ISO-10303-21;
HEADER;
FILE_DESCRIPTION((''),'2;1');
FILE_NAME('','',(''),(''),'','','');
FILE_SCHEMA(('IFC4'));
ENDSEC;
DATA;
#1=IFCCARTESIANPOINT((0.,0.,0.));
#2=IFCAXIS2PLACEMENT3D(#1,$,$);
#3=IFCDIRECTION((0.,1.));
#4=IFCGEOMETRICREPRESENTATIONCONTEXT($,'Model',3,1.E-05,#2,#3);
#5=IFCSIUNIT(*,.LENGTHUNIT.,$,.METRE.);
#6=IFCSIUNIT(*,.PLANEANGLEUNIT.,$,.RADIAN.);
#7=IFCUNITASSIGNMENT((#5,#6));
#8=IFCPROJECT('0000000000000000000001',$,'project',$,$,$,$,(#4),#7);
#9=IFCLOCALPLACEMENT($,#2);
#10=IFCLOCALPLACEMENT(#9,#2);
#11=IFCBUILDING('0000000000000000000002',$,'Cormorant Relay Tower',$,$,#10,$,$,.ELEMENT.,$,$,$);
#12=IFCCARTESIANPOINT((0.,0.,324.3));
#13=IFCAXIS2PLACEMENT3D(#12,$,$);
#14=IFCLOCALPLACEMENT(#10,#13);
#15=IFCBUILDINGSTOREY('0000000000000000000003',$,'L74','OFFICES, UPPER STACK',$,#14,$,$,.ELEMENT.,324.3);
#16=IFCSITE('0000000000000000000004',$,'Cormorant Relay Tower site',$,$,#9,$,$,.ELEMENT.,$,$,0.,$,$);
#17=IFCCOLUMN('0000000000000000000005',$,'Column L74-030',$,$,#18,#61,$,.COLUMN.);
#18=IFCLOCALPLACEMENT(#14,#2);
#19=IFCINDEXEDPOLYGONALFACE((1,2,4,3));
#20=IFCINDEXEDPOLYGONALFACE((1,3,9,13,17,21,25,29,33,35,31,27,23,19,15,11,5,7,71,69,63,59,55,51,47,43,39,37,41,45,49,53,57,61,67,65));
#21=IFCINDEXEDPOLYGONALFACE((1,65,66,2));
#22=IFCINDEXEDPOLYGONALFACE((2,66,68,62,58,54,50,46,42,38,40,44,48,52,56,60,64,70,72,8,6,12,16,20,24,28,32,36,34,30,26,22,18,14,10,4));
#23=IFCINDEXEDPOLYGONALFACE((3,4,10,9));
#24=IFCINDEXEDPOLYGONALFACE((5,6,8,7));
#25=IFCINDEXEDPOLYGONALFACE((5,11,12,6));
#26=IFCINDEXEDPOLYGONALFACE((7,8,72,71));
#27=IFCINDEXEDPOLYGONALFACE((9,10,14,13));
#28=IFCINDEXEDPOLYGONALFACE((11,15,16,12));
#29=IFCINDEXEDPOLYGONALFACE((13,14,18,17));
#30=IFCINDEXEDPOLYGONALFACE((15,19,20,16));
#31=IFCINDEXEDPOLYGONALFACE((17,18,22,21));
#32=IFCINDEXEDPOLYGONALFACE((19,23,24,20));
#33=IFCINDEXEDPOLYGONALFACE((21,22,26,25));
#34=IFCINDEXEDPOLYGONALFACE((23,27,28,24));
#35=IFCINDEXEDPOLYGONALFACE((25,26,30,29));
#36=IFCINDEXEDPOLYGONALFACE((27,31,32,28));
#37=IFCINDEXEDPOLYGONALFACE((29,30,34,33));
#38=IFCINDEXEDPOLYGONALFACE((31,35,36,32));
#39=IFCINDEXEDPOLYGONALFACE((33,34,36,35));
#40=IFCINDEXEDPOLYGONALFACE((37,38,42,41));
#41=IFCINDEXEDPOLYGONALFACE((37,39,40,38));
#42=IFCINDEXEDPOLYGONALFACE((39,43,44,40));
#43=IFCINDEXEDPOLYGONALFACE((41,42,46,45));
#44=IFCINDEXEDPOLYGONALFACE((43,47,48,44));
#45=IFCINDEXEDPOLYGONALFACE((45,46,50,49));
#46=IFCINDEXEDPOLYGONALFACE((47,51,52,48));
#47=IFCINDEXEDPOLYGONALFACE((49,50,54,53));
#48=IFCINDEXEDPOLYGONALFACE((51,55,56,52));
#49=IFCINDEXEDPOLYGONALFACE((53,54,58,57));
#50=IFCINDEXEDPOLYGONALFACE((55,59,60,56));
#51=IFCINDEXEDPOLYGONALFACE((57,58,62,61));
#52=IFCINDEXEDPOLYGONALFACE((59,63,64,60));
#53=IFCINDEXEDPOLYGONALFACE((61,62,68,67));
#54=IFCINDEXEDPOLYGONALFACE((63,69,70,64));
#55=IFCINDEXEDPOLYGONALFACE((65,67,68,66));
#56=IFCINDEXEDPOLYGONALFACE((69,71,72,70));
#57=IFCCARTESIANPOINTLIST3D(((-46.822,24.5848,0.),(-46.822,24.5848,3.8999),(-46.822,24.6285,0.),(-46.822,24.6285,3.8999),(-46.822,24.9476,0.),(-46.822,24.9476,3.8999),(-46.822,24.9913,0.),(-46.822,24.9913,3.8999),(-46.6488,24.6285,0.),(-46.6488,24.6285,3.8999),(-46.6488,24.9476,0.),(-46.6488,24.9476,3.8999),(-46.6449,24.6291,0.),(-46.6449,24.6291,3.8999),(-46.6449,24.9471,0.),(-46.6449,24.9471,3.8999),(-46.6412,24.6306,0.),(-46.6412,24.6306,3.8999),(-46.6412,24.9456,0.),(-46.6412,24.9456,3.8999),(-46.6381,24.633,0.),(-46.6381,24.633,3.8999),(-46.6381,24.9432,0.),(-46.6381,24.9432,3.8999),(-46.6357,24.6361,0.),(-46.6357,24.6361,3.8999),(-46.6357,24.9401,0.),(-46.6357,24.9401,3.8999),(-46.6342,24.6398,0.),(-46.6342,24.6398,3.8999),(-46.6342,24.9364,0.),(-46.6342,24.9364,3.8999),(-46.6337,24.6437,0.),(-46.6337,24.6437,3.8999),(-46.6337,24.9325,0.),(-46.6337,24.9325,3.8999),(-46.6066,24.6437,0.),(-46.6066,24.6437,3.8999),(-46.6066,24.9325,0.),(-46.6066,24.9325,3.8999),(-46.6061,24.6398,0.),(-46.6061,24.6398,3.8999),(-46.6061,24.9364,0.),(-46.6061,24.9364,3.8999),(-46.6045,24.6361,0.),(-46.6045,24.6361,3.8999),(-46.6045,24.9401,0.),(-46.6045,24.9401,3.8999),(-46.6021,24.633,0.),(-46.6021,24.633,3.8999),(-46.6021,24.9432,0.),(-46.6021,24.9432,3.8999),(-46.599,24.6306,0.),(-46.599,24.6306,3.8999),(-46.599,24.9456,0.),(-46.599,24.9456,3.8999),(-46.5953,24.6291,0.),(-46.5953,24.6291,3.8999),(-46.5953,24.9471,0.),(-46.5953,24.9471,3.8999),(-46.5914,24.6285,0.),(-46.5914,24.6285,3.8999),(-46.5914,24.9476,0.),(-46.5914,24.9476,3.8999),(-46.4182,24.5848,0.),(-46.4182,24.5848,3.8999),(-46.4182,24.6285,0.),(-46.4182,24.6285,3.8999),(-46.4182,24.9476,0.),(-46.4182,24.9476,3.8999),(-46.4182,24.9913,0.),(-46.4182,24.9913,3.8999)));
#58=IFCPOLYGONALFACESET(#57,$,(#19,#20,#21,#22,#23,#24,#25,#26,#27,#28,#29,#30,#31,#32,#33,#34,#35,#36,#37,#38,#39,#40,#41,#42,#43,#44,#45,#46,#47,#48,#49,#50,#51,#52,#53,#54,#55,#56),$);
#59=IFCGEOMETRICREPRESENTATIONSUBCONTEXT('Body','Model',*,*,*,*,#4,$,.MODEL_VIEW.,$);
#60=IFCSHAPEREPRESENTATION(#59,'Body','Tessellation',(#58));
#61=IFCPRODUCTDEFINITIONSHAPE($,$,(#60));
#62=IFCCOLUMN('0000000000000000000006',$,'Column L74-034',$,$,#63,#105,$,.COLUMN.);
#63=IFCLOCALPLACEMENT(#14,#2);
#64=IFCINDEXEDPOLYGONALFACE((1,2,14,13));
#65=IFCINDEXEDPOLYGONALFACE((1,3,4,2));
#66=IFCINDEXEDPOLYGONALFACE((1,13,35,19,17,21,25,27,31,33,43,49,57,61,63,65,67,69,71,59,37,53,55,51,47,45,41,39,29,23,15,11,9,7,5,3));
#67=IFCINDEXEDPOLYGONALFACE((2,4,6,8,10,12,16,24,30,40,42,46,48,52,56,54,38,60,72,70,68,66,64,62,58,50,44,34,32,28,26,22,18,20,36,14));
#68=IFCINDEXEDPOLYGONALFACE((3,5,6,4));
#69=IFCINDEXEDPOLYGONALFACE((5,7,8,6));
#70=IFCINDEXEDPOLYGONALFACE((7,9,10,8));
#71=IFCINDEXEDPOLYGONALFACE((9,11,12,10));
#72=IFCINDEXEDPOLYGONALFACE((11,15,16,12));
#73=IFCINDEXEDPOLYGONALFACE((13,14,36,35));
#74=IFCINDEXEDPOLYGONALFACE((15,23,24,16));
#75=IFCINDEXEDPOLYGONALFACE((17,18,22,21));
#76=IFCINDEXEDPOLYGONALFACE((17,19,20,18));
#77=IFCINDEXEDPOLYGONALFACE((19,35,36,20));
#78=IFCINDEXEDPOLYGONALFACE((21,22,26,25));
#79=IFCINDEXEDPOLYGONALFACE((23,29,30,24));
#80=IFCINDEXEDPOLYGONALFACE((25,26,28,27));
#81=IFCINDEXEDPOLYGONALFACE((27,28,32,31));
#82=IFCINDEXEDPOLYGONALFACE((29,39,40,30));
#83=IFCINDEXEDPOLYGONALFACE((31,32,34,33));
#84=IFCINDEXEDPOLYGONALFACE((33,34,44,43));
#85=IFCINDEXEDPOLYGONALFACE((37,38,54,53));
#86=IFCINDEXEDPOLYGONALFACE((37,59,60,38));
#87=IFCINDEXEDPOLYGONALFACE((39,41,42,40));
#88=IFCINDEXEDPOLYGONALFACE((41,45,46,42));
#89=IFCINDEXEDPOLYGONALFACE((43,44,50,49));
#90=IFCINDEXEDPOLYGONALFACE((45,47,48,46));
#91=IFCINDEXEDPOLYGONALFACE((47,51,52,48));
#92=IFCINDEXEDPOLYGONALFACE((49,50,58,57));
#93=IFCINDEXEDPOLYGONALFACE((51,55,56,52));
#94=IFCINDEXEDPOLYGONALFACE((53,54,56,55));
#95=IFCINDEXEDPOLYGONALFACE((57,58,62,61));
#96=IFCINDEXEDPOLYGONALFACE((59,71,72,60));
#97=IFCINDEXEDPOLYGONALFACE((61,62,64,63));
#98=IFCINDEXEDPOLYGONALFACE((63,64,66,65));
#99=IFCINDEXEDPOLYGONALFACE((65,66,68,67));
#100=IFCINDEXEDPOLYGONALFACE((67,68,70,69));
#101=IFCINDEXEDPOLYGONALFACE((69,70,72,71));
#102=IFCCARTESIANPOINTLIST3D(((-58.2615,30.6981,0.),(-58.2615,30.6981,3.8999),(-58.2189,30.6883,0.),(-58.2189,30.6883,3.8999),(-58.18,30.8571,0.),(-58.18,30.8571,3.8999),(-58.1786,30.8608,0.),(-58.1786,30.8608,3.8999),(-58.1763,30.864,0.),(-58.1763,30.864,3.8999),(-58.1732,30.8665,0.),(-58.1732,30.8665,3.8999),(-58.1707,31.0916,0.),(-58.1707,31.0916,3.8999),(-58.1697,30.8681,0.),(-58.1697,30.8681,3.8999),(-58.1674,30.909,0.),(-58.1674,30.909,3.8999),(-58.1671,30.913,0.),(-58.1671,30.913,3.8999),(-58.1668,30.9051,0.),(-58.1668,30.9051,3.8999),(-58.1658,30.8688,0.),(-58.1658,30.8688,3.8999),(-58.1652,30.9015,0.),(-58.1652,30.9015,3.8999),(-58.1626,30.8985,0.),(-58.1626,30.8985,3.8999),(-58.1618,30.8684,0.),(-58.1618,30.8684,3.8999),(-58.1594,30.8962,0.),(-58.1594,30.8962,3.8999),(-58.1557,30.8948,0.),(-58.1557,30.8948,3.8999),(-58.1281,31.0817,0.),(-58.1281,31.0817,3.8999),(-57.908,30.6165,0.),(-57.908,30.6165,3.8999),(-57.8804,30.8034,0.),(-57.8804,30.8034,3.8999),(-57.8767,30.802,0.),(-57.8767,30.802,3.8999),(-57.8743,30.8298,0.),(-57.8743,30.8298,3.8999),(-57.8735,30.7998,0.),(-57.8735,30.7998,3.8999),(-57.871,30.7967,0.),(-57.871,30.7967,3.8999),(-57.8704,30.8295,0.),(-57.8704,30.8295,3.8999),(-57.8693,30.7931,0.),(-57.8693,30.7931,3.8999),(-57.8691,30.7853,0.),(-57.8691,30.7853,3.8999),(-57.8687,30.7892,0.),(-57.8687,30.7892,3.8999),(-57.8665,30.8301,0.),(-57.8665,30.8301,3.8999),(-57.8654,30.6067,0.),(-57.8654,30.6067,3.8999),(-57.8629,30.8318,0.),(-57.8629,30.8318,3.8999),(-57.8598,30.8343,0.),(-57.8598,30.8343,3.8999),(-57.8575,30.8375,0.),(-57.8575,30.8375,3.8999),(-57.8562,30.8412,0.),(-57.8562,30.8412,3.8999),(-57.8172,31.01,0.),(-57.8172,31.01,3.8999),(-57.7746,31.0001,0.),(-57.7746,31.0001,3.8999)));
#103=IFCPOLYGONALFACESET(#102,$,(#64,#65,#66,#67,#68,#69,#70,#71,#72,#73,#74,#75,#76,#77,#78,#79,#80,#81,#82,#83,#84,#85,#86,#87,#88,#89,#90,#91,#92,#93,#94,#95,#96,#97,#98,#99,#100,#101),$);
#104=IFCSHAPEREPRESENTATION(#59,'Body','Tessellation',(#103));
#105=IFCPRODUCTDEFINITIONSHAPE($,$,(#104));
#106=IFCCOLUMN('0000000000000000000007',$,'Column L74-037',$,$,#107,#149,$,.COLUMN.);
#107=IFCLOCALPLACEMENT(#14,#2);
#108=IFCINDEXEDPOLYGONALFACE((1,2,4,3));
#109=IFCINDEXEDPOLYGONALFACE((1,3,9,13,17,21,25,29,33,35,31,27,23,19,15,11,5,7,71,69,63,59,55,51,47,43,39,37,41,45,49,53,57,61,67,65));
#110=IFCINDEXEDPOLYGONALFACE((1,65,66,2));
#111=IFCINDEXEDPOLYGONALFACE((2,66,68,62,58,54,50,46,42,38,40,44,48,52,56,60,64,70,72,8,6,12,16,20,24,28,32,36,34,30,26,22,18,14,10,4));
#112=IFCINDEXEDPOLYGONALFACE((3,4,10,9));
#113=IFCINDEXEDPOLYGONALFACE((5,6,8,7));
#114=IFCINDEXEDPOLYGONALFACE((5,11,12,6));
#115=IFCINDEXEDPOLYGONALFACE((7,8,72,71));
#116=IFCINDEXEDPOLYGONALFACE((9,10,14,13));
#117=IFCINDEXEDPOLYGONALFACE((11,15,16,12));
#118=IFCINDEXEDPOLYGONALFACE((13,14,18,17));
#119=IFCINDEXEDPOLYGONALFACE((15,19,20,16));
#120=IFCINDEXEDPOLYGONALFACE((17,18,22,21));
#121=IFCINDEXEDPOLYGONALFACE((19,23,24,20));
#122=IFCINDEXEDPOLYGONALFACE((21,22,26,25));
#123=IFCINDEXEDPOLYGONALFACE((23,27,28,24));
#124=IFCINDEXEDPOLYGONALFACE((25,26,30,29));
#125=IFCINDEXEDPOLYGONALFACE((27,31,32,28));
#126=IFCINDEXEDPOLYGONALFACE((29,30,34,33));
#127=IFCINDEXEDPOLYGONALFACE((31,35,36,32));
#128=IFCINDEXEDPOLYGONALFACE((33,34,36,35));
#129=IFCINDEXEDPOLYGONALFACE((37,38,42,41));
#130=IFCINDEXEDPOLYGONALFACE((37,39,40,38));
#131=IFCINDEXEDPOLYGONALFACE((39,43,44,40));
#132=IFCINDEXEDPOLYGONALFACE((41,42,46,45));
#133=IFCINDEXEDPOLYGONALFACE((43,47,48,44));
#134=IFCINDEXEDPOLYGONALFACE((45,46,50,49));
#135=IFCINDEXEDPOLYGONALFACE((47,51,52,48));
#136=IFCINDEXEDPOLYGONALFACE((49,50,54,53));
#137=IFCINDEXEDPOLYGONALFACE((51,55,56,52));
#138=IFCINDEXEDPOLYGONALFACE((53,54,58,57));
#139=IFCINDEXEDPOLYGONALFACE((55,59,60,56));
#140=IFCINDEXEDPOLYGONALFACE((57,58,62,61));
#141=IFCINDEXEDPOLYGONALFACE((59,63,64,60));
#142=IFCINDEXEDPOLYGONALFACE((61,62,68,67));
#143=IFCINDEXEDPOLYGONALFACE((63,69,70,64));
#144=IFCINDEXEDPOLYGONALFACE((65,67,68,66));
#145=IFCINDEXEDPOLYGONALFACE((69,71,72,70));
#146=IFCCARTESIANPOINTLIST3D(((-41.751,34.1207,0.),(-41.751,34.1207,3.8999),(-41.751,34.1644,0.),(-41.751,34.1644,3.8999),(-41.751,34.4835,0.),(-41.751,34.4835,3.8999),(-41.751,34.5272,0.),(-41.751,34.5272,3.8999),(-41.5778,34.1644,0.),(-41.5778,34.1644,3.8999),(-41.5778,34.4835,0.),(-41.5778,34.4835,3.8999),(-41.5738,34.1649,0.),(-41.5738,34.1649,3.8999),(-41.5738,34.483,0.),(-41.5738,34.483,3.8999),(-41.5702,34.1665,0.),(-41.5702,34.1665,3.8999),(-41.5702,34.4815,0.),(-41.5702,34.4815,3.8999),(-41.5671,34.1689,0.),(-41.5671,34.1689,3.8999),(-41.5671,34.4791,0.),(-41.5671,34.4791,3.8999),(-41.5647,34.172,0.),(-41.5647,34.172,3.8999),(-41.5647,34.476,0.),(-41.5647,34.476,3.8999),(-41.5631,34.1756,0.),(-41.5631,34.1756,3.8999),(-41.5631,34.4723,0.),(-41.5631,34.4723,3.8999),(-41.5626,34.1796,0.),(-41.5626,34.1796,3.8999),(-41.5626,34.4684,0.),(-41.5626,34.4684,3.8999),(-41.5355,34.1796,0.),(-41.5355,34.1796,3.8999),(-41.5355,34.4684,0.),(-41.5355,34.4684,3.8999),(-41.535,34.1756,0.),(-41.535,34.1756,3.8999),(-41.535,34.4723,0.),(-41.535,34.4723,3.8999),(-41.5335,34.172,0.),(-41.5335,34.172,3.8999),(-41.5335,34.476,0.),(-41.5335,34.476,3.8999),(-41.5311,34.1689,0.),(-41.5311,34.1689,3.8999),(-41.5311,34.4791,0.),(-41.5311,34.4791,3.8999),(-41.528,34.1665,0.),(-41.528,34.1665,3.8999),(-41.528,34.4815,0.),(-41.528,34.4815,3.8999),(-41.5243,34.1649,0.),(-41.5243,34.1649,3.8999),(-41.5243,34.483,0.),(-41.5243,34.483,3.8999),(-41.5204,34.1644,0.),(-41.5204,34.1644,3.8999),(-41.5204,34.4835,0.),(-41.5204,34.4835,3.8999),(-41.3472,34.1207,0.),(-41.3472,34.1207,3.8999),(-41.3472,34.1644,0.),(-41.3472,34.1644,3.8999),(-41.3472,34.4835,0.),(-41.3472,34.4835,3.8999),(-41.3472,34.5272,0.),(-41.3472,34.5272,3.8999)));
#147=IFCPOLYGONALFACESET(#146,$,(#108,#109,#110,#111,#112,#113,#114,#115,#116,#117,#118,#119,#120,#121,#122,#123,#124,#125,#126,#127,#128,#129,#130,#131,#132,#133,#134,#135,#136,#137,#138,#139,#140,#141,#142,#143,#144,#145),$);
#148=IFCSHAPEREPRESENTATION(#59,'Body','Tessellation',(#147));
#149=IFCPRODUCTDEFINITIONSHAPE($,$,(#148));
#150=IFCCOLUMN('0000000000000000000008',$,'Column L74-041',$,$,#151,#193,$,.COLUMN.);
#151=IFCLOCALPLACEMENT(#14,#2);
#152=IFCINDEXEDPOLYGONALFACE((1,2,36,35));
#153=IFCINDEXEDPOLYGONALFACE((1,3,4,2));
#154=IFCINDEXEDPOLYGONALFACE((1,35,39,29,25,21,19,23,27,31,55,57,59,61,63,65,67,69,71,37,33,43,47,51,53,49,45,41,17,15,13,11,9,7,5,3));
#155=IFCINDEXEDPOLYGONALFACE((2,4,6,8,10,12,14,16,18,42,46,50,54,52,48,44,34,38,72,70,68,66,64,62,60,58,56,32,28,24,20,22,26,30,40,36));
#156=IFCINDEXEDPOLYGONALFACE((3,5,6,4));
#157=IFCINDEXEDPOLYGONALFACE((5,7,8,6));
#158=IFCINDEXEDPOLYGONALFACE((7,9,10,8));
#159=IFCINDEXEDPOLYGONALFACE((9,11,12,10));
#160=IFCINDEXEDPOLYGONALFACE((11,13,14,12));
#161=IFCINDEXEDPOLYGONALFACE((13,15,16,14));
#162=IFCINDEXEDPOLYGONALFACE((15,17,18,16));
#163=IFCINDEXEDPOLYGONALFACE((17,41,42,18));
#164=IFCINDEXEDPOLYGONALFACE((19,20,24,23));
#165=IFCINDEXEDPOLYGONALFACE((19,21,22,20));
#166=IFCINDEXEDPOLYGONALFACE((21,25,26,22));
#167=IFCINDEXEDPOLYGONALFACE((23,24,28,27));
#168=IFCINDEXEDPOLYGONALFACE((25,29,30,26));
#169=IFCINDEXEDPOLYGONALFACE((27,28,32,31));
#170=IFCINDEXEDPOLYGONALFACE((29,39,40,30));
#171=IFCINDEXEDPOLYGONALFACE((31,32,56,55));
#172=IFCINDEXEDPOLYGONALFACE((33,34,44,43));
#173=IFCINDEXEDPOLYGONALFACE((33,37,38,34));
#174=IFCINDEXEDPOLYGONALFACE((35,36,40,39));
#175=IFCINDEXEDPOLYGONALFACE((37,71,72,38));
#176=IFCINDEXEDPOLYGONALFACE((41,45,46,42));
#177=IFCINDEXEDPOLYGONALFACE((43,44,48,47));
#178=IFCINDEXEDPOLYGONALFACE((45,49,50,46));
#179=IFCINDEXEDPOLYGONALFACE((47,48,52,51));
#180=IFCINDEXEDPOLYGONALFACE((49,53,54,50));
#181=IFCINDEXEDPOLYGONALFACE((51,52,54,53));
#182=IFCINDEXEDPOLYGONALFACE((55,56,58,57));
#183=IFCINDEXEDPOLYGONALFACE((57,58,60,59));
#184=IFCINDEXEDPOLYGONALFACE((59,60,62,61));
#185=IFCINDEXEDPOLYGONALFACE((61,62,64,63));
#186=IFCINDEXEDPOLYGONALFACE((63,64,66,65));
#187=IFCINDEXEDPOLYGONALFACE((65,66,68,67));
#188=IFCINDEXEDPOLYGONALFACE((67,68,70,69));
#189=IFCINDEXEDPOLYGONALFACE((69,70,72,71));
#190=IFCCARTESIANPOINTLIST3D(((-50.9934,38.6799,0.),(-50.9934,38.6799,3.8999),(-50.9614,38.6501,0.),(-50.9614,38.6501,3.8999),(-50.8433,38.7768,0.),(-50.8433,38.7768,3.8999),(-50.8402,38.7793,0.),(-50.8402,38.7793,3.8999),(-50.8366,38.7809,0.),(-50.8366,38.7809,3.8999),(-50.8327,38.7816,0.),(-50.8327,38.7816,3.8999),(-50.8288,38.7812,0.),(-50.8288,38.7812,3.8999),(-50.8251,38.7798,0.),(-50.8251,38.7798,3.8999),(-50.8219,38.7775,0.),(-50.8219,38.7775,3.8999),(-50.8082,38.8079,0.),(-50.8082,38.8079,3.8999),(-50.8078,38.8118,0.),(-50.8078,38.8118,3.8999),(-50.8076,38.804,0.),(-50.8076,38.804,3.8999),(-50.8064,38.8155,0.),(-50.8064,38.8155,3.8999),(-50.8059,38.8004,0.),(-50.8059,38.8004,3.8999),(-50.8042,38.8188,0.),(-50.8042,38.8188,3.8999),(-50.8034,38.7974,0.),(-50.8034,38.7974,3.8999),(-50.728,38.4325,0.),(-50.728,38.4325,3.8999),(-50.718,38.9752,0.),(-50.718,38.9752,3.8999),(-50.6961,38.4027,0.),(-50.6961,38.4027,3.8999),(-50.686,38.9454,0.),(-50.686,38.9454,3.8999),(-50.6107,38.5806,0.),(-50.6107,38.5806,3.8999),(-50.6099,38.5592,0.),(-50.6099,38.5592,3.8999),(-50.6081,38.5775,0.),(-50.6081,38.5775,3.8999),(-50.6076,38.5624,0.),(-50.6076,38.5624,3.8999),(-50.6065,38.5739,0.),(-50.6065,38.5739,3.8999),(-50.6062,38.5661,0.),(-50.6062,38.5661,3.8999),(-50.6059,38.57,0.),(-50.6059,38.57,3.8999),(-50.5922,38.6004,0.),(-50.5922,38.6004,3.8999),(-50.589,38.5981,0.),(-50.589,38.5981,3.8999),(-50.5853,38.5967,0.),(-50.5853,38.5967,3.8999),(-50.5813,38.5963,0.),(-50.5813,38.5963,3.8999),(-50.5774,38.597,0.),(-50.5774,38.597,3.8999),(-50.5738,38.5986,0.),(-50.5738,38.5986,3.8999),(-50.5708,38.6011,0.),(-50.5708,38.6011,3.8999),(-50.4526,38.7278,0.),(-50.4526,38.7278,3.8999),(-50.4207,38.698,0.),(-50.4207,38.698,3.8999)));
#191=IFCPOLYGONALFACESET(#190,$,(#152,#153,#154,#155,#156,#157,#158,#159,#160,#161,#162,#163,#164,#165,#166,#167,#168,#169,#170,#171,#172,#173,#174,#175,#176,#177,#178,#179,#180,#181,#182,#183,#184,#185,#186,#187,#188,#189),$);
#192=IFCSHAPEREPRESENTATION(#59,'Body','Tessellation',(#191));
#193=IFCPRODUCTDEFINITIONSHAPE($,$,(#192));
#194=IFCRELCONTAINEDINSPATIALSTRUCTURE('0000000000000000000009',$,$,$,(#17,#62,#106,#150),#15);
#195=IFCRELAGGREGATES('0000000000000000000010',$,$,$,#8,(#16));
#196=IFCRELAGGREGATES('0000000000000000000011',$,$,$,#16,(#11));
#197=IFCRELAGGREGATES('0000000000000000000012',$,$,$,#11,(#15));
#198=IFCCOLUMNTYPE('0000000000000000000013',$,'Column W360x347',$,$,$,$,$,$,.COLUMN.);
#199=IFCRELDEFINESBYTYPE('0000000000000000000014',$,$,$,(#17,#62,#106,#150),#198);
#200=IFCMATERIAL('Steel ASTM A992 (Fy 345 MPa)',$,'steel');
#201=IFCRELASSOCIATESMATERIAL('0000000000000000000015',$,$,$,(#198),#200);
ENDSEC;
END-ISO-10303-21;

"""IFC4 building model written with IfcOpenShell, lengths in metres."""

from ifc_helpers import new_model, si_unit, direction, frame, origin, origin_2d, place, context, subcontext, project, spatial, i_section, extrude, material, material_profile, profile_set, type_object, element, save


model = new_model("IFC4")

# Units and contexts
model_context = context("Model", 3, precision=1e-05, world=origin(), true_north=direction((0.0, 1.0)))
body_context = subcontext(model_context, "Body", "Model", "MODEL_VIEW")
ifc_project = project(units=[si_unit("LENGTHUNIT", "METRE"), si_unit("PLANEANGLEUNIT", "RADIAN")], contexts=[model_context])

# Site, building, storey
site_placement = place(None, origin())
site = spatial("IfcSite", under=ifc_project, at=site_placement, Name="Cormorant Relay Tower site", CompositionType="ELEMENT", RefElevation=0.0)
building_placement = place(site_placement, origin())
building = spatial("IfcBuilding", under=site, at=building_placement, Name="Cormorant Relay Tower", CompositionType="ELEMENT")
storey_placement = place(building_placement, frame((0.0, 0.0, 324.3)))
storey = spatial("IfcBuildingStorey", under=building, at=storey_placement, Name="L74", Description="OFFICES, UPPER STACK", CompositionType="ELEMENT", Elevation=324.3)

# Columns
ifc_material_1 = material(Name="Steel ASTM A992 (Fy 345 MPa)", Category="steel")
ifc_material_profile_1 = material_profile(ifc_material_1, i_section(OverallWidth=0.4038, OverallDepth=0.4065, WebThickness=0.0271, FlangeThickness=0.0437, FilletRadius=0.0151, at=origin_2d()), Name="W360x347")
ifc_profile_set_1 = profile_set([ifc_material_profile_1], Name="Steel ASTM A992 (Fy 345 MPa)")
column_type = type_object("IfcColumnType", Name="Column W360x347", PredefinedType="COLUMN", material=ifc_profile_set_1)
for number, where, z_axis, x_axis, name in (
    (1, (-46.6201, 24.7881, 0.0), (0.0, 0.0, 1.0), (1.0, 0.0, 0.0), "Column L74-030"),
    (2, (-58.0181, 30.8491, 0.0), (0.0, 0.0, 1.0), (-0.224951, -0.97437, 0.0), "Column L74-034"),
    (3, (-41.5491, 34.324, 0.0), (0.0, 0.0, 1.0), (1.0, 0.0, 0.0), "Column L74-037"),
    (4, (-50.707, 38.689, 0.0), (0.0, 0.0, 1.0), (-0.681998, -0.731354, 0.0), "Column L74-041"),
):
    element("IfcColumn", number, at=place(storey_placement, frame(where, z_axis=z_axis, x_axis=x_axis)), inside=storey, type_object=column_type, Name=name, PredefinedType="COLUMN", context=body_context, shape_type="SweptSolid", body=[
        extrude(i_section(OverallWidth=0.4038, OverallDepth=0.4065, WebThickness=0.0271, FlangeThickness=0.0437, FilletRadius=0.0151, at=origin_2d()), origin(), (0.0, 0.0, 1.0), 3.8999),
    ])

save(model, "model.ifc")
